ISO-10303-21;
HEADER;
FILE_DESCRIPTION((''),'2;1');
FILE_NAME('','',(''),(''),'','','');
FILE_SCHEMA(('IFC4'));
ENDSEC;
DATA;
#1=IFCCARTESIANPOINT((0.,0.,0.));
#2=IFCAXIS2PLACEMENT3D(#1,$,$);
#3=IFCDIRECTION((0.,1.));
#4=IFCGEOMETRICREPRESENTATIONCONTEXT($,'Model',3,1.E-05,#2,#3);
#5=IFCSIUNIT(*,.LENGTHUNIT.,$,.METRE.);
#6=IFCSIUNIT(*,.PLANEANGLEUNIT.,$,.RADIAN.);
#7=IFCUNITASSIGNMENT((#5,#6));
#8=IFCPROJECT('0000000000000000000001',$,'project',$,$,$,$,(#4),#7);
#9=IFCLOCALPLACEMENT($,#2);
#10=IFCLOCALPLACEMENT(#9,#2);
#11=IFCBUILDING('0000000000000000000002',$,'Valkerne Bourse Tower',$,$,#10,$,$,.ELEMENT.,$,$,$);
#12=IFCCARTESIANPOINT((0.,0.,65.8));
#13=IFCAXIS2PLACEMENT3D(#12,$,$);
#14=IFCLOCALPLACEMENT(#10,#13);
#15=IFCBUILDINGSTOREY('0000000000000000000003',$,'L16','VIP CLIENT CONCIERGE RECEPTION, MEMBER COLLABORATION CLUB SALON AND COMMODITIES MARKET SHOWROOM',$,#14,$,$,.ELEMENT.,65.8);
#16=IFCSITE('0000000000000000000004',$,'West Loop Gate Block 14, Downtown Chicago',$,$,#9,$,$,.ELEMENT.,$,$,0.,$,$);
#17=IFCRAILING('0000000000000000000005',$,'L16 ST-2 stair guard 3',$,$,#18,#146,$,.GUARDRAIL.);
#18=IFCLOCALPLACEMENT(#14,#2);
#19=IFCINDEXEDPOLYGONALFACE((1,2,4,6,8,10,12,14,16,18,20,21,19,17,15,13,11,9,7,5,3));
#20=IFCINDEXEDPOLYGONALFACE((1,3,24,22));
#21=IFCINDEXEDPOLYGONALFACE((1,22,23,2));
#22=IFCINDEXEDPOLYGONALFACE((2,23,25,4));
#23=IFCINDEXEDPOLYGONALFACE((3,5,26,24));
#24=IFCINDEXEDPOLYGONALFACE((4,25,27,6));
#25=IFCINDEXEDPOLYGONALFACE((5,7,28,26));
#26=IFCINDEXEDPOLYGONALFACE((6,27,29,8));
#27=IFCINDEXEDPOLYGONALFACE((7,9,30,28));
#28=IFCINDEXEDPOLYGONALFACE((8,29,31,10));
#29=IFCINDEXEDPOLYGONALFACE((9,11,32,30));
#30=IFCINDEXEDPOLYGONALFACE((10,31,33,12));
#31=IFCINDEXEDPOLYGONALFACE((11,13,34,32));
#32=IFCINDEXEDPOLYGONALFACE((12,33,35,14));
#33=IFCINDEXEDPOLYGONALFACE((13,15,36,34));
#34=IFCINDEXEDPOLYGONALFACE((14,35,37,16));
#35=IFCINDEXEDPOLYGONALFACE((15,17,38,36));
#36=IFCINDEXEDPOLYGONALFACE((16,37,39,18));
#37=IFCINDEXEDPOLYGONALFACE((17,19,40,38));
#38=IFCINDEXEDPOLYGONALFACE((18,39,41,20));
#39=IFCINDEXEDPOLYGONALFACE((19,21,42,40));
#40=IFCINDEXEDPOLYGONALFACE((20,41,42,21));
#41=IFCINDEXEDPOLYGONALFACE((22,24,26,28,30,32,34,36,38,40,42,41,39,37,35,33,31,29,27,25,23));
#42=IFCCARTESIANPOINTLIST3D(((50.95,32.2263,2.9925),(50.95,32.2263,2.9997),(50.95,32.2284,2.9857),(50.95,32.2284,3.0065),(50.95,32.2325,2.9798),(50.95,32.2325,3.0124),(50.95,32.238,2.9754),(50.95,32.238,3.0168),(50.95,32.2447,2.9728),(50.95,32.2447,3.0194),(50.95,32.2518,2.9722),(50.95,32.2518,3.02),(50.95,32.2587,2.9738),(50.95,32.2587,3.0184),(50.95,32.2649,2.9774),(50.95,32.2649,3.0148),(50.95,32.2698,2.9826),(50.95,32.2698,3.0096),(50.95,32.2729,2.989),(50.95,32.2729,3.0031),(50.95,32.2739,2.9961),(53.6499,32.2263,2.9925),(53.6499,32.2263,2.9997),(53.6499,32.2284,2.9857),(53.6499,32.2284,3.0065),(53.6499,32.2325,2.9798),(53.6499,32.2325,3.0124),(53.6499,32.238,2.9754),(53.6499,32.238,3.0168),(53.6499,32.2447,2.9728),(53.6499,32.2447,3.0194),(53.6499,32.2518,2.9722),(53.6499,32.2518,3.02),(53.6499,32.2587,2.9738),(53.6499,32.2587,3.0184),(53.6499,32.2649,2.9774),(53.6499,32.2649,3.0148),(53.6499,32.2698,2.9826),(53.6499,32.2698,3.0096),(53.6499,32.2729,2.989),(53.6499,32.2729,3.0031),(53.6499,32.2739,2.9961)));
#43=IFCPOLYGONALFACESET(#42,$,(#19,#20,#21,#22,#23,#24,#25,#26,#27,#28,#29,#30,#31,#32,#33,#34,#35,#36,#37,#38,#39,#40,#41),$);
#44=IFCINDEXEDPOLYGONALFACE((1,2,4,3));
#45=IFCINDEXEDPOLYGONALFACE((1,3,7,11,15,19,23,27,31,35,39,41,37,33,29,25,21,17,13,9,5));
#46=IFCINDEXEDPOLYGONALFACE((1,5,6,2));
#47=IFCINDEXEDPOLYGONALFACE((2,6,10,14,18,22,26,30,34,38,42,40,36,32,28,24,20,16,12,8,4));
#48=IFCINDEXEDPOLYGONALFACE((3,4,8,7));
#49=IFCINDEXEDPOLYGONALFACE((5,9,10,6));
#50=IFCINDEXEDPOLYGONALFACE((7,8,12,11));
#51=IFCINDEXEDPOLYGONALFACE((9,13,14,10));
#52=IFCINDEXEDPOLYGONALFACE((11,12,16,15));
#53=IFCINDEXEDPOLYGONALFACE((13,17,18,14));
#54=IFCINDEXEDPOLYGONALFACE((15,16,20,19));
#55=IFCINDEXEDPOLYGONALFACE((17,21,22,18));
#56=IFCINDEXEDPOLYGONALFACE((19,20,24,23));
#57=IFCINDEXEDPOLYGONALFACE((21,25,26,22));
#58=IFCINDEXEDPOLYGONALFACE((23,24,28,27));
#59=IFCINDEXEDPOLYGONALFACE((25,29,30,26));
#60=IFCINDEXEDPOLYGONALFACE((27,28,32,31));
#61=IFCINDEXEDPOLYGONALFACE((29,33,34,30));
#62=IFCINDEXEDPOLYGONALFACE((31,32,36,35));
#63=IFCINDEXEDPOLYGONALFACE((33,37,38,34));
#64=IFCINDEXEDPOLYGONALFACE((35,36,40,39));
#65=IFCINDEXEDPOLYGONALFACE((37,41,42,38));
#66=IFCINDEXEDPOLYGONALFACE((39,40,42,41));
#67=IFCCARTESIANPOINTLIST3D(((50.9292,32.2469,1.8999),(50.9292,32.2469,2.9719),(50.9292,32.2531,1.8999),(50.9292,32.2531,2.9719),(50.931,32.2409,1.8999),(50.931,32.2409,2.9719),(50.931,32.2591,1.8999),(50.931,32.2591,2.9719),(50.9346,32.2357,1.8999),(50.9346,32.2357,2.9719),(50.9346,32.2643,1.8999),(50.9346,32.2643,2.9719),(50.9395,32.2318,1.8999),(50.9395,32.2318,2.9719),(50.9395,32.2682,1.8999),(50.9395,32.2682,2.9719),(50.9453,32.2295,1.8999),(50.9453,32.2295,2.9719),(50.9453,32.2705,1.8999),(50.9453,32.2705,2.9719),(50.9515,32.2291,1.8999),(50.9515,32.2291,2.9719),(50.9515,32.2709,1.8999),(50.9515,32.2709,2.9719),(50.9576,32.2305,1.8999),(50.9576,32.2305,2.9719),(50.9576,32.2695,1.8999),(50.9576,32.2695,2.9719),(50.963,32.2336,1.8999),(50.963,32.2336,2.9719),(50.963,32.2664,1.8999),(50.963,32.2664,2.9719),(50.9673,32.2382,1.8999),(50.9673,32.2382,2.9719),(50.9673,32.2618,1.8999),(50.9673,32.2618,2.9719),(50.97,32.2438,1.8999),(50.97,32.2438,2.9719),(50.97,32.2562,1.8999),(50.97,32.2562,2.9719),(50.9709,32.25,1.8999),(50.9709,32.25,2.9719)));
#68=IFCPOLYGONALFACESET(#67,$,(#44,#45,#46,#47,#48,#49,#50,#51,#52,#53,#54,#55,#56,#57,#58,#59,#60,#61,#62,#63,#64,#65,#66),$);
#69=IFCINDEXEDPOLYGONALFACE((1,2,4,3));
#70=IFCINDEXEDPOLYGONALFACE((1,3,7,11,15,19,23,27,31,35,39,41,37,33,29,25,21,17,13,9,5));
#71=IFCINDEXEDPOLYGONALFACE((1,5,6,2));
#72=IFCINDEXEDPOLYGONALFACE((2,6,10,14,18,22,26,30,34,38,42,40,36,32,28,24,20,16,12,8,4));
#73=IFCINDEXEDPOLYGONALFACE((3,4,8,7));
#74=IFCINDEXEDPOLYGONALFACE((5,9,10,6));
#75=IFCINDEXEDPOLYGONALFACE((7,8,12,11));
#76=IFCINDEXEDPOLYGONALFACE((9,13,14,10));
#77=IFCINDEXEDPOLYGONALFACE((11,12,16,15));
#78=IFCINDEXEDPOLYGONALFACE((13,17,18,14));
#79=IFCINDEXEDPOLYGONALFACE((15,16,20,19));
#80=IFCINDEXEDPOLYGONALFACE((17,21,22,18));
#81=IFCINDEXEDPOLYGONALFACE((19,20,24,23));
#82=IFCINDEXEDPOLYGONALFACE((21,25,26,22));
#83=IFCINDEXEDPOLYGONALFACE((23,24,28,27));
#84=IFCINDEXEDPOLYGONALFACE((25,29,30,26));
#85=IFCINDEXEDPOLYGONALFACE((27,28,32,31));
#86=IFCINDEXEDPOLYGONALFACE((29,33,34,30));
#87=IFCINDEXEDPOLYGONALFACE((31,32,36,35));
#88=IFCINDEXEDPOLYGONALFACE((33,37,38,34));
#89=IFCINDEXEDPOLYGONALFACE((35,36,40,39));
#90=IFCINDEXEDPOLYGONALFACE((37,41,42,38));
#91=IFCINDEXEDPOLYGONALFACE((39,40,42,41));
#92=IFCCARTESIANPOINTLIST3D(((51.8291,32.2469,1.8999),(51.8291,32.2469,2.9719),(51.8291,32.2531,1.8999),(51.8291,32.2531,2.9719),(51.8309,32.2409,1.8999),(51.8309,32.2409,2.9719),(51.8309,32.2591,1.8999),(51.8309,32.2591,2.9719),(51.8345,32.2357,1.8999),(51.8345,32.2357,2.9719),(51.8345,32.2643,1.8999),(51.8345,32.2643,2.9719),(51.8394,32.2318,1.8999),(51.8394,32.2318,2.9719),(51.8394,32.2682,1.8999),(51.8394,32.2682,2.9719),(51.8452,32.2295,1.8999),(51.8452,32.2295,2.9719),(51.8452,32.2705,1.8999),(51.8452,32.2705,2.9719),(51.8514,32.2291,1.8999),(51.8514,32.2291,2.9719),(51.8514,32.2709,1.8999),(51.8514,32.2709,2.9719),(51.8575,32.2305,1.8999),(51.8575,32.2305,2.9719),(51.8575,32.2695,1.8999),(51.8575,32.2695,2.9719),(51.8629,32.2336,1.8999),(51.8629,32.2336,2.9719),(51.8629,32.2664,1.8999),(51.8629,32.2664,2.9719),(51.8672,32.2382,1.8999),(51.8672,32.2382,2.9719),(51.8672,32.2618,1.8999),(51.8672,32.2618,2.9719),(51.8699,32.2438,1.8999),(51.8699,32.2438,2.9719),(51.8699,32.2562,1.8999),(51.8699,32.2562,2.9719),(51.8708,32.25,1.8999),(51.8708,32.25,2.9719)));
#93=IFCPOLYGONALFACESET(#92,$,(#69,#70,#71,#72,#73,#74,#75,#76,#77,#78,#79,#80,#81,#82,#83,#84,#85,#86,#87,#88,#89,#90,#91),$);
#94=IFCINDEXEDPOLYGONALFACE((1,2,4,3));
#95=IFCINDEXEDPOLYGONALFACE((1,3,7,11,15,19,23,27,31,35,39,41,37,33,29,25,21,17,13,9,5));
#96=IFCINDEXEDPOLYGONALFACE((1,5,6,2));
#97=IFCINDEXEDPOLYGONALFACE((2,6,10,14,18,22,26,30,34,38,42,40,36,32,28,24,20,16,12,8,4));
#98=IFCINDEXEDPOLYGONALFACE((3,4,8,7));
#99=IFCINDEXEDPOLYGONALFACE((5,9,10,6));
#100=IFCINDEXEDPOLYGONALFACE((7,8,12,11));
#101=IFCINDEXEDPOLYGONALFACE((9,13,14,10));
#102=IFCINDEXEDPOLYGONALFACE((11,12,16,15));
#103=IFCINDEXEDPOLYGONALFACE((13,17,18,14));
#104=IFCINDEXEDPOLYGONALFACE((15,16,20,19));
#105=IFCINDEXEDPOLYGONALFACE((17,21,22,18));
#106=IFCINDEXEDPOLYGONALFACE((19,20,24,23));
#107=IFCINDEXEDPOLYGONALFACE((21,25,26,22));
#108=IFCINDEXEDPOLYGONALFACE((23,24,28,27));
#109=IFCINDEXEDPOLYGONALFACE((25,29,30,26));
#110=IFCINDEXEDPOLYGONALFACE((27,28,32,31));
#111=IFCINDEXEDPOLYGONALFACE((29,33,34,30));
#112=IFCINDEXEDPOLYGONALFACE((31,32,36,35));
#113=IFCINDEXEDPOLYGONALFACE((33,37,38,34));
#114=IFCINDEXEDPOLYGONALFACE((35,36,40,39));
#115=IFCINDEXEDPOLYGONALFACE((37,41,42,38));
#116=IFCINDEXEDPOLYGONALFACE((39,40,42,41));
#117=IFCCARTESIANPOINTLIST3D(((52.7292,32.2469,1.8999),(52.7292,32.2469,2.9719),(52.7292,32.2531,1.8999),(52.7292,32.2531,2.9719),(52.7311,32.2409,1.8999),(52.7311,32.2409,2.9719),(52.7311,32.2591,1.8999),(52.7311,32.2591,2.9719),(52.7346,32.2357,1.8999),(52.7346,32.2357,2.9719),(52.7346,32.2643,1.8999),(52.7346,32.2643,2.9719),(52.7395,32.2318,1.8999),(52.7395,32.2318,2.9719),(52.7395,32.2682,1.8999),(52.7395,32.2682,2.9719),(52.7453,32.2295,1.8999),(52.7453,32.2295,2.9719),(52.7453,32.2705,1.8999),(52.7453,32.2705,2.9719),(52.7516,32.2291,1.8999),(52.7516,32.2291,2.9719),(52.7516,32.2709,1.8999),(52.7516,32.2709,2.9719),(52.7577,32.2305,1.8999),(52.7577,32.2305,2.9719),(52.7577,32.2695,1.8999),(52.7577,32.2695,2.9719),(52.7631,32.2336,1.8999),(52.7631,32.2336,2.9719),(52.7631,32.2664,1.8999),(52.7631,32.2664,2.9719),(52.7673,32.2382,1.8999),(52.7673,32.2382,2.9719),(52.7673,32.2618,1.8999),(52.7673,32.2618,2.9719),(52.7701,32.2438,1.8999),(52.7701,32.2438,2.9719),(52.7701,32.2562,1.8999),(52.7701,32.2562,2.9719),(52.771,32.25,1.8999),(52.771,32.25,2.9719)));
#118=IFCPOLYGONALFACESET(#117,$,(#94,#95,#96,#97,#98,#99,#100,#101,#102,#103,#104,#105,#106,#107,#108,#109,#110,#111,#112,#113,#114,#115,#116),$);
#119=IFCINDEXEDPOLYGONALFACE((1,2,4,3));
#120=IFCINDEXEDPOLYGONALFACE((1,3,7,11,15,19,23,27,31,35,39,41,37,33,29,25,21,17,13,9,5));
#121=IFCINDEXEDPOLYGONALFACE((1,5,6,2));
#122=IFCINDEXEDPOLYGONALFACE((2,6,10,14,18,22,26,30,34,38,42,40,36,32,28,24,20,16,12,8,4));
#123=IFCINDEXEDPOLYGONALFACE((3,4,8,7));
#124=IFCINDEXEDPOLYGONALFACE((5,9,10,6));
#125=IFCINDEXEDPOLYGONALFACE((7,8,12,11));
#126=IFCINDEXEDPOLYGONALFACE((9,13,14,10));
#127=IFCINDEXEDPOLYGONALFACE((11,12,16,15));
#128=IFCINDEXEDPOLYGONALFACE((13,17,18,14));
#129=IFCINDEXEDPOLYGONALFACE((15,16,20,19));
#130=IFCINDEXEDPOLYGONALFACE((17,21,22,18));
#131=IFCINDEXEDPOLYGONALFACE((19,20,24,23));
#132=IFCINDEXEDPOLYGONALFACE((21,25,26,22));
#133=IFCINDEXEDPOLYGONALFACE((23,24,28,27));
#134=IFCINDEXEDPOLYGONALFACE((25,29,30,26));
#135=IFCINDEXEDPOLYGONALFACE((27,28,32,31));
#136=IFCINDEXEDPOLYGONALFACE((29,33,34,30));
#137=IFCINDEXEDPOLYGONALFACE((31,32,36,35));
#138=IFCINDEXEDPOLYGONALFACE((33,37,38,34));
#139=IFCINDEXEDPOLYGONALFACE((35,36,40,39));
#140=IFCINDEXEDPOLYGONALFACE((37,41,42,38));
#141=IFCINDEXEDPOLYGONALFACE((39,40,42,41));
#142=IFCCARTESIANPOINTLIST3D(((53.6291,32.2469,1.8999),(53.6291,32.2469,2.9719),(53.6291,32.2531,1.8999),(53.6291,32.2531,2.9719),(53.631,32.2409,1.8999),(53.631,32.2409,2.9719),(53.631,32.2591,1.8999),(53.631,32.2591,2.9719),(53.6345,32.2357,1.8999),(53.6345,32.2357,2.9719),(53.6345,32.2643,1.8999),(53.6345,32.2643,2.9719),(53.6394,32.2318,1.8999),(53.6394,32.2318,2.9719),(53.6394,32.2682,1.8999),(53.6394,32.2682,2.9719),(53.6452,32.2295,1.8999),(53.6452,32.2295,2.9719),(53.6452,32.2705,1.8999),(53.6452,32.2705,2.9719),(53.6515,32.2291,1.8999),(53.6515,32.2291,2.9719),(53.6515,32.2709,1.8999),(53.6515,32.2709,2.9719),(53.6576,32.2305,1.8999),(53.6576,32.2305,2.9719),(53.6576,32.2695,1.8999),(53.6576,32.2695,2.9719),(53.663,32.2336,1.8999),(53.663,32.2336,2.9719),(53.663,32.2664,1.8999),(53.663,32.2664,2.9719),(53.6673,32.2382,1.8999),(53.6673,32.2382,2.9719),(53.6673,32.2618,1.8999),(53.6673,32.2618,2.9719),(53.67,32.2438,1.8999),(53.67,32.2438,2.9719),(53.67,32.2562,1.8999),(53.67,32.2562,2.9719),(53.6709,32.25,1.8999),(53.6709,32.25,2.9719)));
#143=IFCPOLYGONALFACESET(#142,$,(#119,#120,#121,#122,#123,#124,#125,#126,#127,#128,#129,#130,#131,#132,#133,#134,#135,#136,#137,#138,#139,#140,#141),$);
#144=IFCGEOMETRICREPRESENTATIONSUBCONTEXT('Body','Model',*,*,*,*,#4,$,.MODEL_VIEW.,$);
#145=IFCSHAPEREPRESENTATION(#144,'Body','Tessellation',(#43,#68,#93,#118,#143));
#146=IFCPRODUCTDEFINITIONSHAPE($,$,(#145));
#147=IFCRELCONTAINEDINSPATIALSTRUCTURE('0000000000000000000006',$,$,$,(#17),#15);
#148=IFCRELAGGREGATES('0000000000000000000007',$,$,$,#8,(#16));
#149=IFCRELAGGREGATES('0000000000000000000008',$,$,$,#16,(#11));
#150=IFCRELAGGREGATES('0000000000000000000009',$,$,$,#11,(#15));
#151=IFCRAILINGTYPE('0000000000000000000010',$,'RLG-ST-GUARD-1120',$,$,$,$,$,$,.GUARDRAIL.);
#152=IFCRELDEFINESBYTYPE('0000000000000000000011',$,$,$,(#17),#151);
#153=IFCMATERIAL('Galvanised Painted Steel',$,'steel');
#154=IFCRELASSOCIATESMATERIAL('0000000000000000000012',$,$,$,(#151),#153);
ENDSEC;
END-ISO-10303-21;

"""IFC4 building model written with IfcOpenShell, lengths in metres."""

from ifc_helpers import new_model, si_unit, direction, frame, origin, origin_2d, place, context, subcontext, project, spatial, circle, extrude, material, type_object, element, save


model = new_model("IFC4")

# Units and contexts
model_context = context("Model", 3, precision=1e-05, world=origin(), true_north=direction((0.0, 1.0)))
body_context = subcontext(model_context, "Body", "Model", "MODEL_VIEW")
ifc_project = project(units=[si_unit("LENGTHUNIT", "METRE"), si_unit("PLANEANGLEUNIT", "RADIAN")], contexts=[model_context])

# Site, building, storey
site_placement = place(None, origin())
site = spatial("IfcSite", under=ifc_project, at=site_placement, Name="West Loop Gate Block 14, Downtown Chicago", CompositionType="ELEMENT", RefElevation=0.0)
building_placement = place(site_placement, origin())
building = spatial("IfcBuilding", under=site, at=building_placement, Name="Valkerne Bourse Tower", CompositionType="ELEMENT")
storey_placement = place(building_placement, frame((0.0, 0.0, 65.8)))
storey = spatial("IfcBuildingStorey", under=building, at=storey_placement, Name="L16", Description="VIP CLIENT CONCIERGE RECEPTION, MEMBER COLLABORATION CLUB SALON AND COMMODITIES MARKET SHOWROOM", CompositionType="ELEMENT", Elevation=65.8)

# Railing
ifc_material_1 = material(Name="Galvanised Painted Steel", Category="steel")
railing_type_1 = type_object("IfcRailingType", Name="RLG-ST-GUARD-1120", PredefinedType="GUARDRAIL", material=ifc_material_1)
for number, where, name in (
    (1, (50.95, 32.25, 1.8999), "L16 ST-2 stair guard 3"),
):
    element("IfcRailing", number, at=place(storey_placement, frame(where)), inside=storey, type_object=railing_type_1, Name=name, PredefinedType="GUARDRAIL", context=body_context, shape_type="SweptSolid", body=[
        extrude(circle(Radius=0.0239, at=origin_2d()), frame((0.0, 0.0, 1.0962), z_axis=(1.0, 0.0, 0.0), x_axis=(0.0, 1.0, 0.0)), (0.0, 0.0, 1.0), 2.7),
        extrude(circle(Radius=0.021, at=origin_2d()), origin(), (0.0, 0.0, 1.0), 1.072),
        extrude(circle(Radius=0.021, at=origin_2d()), frame((0.8999, 0.0, 0.0)), (0.0, 0.0, 1.0), 1.072),
        extrude(circle(Radius=0.021, at=origin_2d()), frame((1.8, 0.0, 0.0)), (0.0, 0.0, 1.0), 1.072),
        extrude(circle(Radius=0.021, at=origin_2d()), frame((2.7, 0.0, 0.0)), (0.0, 0.0, 1.0), 1.072),
    ])

save(model, "model.ifc")
